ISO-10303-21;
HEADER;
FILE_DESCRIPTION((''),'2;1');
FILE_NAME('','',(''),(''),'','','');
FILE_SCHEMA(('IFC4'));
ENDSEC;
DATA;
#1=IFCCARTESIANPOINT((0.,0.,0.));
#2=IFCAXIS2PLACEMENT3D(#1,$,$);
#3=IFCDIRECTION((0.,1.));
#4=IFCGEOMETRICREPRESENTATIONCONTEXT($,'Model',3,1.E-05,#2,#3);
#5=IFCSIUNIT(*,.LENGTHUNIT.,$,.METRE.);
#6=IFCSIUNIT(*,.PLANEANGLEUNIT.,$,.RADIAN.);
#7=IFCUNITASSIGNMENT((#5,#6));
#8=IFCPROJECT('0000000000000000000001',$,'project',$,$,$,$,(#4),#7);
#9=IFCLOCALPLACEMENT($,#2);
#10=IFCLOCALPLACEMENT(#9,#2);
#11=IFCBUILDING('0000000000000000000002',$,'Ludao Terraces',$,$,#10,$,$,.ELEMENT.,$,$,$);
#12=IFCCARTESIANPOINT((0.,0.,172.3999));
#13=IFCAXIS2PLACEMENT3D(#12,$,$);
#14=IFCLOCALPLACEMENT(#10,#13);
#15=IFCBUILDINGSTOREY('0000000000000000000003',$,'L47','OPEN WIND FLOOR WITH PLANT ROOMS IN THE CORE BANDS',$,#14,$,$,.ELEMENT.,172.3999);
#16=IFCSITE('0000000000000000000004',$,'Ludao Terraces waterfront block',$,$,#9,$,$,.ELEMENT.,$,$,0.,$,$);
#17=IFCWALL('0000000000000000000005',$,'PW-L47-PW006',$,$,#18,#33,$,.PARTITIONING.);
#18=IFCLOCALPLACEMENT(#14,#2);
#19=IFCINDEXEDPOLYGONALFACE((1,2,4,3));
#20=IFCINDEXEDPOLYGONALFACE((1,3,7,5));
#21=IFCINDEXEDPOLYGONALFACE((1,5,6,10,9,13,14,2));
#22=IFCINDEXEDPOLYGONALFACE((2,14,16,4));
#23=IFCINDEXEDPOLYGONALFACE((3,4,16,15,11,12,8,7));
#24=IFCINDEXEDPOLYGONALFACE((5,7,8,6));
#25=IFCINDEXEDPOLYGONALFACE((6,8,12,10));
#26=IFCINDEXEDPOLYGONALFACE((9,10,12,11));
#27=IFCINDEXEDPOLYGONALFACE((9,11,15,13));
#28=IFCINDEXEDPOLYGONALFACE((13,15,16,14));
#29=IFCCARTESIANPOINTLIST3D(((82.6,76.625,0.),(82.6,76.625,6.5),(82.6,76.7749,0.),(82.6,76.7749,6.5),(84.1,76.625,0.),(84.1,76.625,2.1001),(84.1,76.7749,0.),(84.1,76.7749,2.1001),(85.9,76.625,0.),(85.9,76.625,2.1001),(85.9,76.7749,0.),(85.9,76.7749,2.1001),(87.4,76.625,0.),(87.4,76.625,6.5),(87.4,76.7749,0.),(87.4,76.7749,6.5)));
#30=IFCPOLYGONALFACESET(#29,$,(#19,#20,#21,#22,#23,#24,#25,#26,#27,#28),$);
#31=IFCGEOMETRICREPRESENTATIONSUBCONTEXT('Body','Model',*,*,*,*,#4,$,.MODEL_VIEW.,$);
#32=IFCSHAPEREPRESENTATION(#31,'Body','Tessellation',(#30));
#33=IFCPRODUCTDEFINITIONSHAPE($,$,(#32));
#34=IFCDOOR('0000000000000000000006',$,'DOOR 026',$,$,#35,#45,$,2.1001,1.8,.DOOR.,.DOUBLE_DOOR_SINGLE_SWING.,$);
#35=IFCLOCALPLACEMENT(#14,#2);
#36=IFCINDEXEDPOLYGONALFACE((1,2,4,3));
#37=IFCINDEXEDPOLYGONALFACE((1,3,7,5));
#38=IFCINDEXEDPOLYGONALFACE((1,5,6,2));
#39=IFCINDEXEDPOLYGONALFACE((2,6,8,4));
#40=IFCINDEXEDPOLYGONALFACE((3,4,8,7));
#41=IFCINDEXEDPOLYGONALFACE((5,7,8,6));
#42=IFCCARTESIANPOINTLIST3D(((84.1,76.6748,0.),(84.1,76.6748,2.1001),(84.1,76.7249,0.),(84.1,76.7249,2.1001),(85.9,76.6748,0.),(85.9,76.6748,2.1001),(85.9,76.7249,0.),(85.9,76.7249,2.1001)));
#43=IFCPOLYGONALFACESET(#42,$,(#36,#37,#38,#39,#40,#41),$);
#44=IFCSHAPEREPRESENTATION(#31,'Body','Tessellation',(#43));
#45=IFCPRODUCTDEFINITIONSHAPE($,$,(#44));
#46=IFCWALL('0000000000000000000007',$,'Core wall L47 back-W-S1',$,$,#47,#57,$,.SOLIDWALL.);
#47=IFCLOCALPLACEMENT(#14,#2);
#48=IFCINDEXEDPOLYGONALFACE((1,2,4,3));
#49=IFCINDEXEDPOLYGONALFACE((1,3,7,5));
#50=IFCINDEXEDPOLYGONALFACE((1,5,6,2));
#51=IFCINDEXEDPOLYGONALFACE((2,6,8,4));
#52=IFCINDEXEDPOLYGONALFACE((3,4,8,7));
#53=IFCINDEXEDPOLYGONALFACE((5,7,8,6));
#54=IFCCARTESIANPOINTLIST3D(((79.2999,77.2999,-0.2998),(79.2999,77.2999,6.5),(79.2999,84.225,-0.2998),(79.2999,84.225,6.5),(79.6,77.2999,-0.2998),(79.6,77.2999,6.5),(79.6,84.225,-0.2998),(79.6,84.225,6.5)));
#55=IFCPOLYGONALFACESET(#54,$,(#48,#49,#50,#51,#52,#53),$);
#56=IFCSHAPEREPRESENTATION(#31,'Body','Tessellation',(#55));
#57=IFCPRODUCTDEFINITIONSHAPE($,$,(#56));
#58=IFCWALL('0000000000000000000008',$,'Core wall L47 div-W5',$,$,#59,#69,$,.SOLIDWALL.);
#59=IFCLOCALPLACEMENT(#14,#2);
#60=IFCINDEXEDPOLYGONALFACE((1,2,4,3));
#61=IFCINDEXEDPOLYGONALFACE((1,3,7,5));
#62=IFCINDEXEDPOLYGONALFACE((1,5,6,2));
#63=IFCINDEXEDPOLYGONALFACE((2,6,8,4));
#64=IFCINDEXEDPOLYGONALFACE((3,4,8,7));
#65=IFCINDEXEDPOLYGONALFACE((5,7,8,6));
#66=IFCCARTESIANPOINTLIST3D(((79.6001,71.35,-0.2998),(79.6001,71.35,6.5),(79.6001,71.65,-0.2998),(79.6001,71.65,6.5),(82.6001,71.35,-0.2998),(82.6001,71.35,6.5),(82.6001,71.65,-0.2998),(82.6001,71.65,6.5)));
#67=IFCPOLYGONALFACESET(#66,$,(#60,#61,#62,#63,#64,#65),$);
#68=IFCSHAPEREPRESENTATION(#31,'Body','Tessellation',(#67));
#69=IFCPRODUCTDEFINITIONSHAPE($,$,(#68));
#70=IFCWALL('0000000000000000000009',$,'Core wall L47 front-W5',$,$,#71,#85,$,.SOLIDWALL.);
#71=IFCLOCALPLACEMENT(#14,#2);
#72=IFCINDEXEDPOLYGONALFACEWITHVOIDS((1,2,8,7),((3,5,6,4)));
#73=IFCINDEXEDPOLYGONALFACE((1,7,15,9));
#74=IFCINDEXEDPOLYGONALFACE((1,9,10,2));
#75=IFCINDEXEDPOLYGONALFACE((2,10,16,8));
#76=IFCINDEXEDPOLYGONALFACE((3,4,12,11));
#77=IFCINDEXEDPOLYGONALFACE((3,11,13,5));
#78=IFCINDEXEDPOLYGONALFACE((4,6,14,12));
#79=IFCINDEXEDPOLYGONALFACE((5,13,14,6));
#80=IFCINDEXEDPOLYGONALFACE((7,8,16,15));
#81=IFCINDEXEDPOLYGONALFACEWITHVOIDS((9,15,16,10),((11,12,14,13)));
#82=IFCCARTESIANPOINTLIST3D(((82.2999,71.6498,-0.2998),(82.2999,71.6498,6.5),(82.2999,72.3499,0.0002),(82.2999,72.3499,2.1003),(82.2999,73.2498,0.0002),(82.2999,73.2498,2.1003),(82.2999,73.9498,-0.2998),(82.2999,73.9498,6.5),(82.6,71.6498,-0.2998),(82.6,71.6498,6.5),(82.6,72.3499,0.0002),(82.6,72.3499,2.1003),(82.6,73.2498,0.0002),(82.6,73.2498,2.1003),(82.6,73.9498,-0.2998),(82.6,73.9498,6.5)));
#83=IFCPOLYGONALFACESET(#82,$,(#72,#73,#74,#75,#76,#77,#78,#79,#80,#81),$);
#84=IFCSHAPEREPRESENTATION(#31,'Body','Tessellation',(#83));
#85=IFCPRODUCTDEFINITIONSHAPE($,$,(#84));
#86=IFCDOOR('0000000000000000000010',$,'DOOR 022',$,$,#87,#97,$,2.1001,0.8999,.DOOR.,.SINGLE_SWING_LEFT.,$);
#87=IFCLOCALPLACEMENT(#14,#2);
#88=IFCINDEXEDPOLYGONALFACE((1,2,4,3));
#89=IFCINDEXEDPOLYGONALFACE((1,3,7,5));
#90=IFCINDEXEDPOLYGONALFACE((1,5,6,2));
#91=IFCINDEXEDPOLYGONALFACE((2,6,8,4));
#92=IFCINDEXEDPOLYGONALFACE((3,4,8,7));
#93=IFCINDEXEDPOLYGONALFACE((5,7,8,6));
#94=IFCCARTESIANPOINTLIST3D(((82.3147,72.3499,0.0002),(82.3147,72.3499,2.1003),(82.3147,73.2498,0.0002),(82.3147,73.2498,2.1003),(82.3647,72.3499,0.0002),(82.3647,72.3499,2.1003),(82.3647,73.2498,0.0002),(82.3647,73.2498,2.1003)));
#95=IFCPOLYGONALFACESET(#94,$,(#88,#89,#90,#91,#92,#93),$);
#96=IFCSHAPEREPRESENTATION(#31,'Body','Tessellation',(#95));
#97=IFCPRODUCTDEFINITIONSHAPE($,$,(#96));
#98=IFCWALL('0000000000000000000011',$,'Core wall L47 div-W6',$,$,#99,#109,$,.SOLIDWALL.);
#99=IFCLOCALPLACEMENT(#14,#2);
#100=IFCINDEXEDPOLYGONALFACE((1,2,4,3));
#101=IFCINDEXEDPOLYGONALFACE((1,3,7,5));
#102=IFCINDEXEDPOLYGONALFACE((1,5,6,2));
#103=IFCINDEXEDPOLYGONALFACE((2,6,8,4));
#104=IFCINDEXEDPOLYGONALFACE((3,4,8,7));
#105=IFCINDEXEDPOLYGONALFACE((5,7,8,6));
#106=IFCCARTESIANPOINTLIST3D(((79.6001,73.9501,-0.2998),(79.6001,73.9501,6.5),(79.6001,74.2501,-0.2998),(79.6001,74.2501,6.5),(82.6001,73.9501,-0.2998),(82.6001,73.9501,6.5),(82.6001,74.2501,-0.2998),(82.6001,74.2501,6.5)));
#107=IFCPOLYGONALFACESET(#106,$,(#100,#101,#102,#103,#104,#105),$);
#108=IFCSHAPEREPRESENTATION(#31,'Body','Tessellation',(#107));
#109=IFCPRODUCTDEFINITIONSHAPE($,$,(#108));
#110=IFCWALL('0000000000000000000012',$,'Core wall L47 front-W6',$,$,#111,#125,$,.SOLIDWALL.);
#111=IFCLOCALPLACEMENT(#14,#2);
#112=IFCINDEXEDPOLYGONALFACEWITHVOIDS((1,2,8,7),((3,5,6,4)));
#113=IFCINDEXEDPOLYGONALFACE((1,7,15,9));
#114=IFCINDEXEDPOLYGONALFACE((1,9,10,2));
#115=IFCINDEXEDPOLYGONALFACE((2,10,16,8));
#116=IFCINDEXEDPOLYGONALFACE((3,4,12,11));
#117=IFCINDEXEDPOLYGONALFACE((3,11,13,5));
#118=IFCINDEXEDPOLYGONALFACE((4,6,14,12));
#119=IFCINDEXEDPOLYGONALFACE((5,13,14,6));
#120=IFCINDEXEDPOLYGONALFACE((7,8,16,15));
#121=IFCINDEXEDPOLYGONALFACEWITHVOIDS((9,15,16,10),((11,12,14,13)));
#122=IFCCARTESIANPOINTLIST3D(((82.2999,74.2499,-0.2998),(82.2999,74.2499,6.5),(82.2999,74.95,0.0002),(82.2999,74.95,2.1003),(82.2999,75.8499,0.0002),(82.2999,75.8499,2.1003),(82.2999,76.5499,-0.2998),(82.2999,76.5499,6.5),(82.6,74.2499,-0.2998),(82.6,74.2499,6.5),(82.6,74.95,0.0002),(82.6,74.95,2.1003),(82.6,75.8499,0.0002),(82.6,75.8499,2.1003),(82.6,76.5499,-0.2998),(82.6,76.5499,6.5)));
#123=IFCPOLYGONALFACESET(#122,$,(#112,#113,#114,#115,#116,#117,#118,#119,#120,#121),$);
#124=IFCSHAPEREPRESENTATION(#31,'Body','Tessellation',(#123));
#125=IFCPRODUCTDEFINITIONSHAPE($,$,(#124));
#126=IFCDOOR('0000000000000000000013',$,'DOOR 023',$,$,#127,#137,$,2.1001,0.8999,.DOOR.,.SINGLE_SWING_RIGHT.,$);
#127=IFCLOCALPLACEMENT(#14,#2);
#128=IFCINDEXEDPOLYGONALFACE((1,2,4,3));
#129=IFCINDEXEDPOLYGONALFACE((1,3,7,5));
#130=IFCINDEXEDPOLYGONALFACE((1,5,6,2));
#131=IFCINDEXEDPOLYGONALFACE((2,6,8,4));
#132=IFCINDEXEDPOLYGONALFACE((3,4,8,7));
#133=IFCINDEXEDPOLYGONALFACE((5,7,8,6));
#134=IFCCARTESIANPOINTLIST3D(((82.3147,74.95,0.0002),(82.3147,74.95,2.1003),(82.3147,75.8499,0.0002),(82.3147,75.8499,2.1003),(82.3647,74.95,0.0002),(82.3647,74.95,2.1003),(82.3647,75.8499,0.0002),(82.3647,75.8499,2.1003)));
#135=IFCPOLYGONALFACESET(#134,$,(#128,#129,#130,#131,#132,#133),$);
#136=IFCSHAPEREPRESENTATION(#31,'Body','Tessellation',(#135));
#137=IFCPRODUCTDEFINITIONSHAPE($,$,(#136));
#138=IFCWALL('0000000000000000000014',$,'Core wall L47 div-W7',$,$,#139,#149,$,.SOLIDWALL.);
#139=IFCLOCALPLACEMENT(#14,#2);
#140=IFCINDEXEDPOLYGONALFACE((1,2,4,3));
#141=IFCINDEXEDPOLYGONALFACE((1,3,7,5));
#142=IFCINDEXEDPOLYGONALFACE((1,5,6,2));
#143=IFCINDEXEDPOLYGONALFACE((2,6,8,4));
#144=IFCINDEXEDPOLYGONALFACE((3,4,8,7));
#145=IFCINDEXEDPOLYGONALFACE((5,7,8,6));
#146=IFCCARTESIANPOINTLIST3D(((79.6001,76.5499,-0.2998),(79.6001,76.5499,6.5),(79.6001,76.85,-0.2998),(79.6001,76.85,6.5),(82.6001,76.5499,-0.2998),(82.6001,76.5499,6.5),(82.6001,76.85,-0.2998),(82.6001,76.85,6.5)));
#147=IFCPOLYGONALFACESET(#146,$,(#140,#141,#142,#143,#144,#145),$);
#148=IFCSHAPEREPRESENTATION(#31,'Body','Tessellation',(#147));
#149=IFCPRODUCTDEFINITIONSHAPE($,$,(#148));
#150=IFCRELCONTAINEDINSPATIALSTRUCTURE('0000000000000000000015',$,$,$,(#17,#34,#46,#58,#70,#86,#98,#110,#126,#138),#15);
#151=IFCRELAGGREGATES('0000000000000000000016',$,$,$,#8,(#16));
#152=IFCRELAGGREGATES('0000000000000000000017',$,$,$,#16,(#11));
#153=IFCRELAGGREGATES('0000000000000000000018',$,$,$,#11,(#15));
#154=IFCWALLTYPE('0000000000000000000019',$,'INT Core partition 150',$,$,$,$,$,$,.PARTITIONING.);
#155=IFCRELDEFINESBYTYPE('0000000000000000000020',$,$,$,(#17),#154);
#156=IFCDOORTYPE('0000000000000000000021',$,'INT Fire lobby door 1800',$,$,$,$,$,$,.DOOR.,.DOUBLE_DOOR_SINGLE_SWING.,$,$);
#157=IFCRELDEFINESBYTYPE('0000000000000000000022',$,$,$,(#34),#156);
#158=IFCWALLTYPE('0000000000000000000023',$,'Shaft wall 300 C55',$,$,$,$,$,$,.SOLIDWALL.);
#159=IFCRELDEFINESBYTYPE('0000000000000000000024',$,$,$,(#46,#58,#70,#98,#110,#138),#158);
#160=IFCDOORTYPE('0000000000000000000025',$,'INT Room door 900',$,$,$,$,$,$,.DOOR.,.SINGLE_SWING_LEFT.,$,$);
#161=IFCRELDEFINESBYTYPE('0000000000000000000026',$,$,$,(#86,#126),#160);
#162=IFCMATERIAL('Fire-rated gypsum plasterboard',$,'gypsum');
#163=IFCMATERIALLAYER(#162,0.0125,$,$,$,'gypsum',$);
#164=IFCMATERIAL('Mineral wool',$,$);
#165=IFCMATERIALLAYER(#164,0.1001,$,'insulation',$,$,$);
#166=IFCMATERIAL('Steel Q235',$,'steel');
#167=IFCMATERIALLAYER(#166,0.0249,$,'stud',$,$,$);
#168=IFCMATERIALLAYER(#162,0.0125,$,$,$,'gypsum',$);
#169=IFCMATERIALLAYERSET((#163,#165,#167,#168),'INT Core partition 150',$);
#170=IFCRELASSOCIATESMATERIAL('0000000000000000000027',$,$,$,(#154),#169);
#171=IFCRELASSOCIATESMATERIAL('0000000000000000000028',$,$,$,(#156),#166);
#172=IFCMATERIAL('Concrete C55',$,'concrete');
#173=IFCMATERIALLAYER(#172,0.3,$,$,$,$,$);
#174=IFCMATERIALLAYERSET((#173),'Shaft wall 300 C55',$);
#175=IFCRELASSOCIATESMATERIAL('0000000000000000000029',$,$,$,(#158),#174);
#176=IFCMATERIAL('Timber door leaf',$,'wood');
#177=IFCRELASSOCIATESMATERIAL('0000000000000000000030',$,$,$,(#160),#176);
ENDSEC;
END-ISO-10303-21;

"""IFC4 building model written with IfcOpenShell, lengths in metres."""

from ifc_helpers import new_model, si_unit, direction, frame, frame_2d, origin, place, context, subcontext, project, spatial, rectangle, extrude, material, layer, layer_set, type_object, element, fill, save


model = new_model("IFC4")

# Units and contexts
model_context = context("Model", 3, precision=1e-05, world=origin(), true_north=direction((0.0, 1.0)))
body_context = subcontext(model_context, "Body", "Model", "MODEL_VIEW")
ifc_project = project(units=[si_unit("LENGTHUNIT", "METRE"), si_unit("PLANEANGLEUNIT", "RADIAN")], contexts=[model_context])

# Site, building, storey
site_placement = place(None, origin())
site = spatial("IfcSite", under=ifc_project, at=site_placement, Name="Ludao Terraces waterfront block", CompositionType="ELEMENT", RefElevation=0.0)
building_placement = place(site_placement, origin())
building = spatial("IfcBuilding", under=site, at=building_placement, Name="Ludao Terraces", CompositionType="ELEMENT")
storey_placement = place(building_placement, frame((0.0, 0.0, 172.3999)))
storey = spatial("IfcBuildingStorey", under=building, at=storey_placement, Name="L47", Description="OPEN WIND FLOOR WITH PLANT ROOMS IN THE CORE BANDS", CompositionType="ELEMENT", Elevation=172.3999)

# Wall, opening, door
ifc_material_1 = material(Name="Fire-rated gypsum plasterboard", Category="gypsum")
ifc_layer_1 = layer(ifc_material_1, 0.0125, Category="gypsum")
ifc_material_2 = material(Name="Mineral wool")
ifc_layer_2 = layer(ifc_material_2, 0.1001, Name="insulation")
ifc_material_3 = material(Name="Steel Q235", Category="steel")
ifc_layer_3 = layer(ifc_material_3, 0.0249, Name="stud")
ifc_layer_4 = layer(ifc_material_1, 0.0125, Category="gypsum")
ifc_layer_set_1 = layer_set([ifc_layer_1, ifc_layer_2, ifc_layer_3, ifc_layer_4], Name="INT Core partition 150")
wall_type_1 = type_object("IfcWallType", Name="INT Core partition 150", PredefinedType="PARTITIONING", material=ifc_layer_set_1)
wall_1_placement = place(storey_placement, frame((82.6001, 76.7, 0.0), z_axis=(0.0, 0.0, 1.0), x_axis=(1.0, 0.0, 0.0)))
wall_1 = element("IfcWall", 1, at=wall_1_placement, inside=storey, type_object=wall_type_1, Name="PW-L47-PW006", PredefinedType="PARTITIONING", context=body_context, shape_type="SweptSolid", body=[
    extrude(rectangle(XDim=4.8, YDim=0.1499, at=frame_2d((2.3999, 0.0))), origin(), (0.0, 0.0, 1.0), 6.5),
])
opening_1_placement = place(wall_1_placement, frame((1.5, 0.0, 0.0)))
opening_1 = element("IfcOpeningElement", 2, at=opening_1_placement, cuts=wall_1, PredefinedType="OPENING", context=body_context, shape_type="SweptSolid", body=[
    extrude(rectangle(XDim=1.8, YDim=2.1001, at=frame_2d((0.8999, 1.05))), frame((0.0, 0.085, 0.0), z_axis=(0.0, -1.0, 0.0), x_axis=(1.0, 0.0, 0.0)), (0.0, 0.0, 1.0), 0.1699),
])
door_type_1 = type_object("IfcDoorType", Name="INT Fire lobby door 1800", OperationType="DOUBLE_DOOR_SINGLE_SWING", PredefinedType="DOOR", material=ifc_material_3)
door_1_placement = place(opening_1_placement, origin())
door_1 = element("IfcDoor", 3, at=door_1_placement, inside=storey, type_object=door_type_1, Name="DOOR 026", OperationType="DOUBLE_DOOR_SINGLE_SWING", OverallHeight=2.1001, OverallWidth=1.8, PredefinedType="DOOR", context=body_context, shape_type="SweptSolid", body=[
    extrude(rectangle(XDim=1.8, YDim=2.1001, at=frame_2d((0.8999, 1.05))), frame((0.0, 0.0249, 0.0), z_axis=(0.0, -1.0, 0.0), x_axis=(1.0, 0.0, 0.0)), (0.0, 0.0, 1.0), 0.05),
])
fill(opening_1, door_1)

# Walls
ifc_material_4 = material(Name="Concrete C55", Category="concrete")
ifc_layer_5 = layer(ifc_material_4, 0.3)
ifc_layer_set_2 = layer_set([ifc_layer_5], Name="Shaft wall 300 C55")
wall_type_2 = type_object("IfcWallType", Name="Shaft wall 300 C55", PredefinedType="SOLIDWALL", material=ifc_layer_set_2)
wall_2_placement = place(storey_placement, frame((79.45, 77.3, -0.2998), z_axis=(0.0, 0.0, 1.0), x_axis=(0.0, 1.0, 0.0)))
element("IfcWall", 4, at=wall_2_placement, inside=storey, type_object=wall_type_2, Name="Core wall L47 back-W-S1", PredefinedType="SOLIDWALL", context=body_context, shape_type="SweptSolid", body=[
    extrude(rectangle(XDim=6.925, YDim=0.3, at=frame_2d((3.4624, 0.0))), origin(), (0.0, 0.0, 1.0), 6.7998),
])
wall_3_placement = place(storey_placement, frame((79.6001, 71.5, -0.2998), z_axis=(0.0, 0.0, 1.0), x_axis=(1.0, 0.0, 0.0)))
element("IfcWall", 5, at=wall_3_placement, inside=storey, type_object=wall_type_2, Name="Core wall L47 div-W5", PredefinedType="SOLIDWALL", context=body_context, shape_type="SweptSolid", body=[
    extrude(rectangle(XDim=3.0, YDim=0.3, at=frame_2d((1.5, 0.0))), origin(), (0.0, 0.0, 1.0), 6.7998),
])

# Wall, opening, door
wall_4_placement = place(storey_placement, frame((82.45, 71.6499, -0.2998), z_axis=(0.0, 0.0, 1.0), x_axis=(0.0, 1.0, 0.0)))
wall_4 = element("IfcWall", 6, at=wall_4_placement, inside=storey, type_object=wall_type_2, Name="Core wall L47 front-W5", PredefinedType="SOLIDWALL", context=body_context, shape_type="SweptSolid", body=[
    extrude(rectangle(XDim=2.3, YDim=0.3, at=frame_2d((1.1499, 0.0))), origin(), (0.0, 0.0, 1.0), 6.7998),
])
opening_2_placement = place(wall_4_placement, frame((0.7, 0.0, 0.3)))
opening_2 = element("IfcOpeningElement", 7, at=opening_2_placement, cuts=wall_4, PredefinedType="OPENING", context=body_context, shape_type="SweptSolid", body=[
    extrude(rectangle(XDim=0.8999, YDim=2.1001, at=frame_2d((0.45, 1.05))), frame((0.0, 0.1602, 0.0), z_axis=(0.0, -1.0, 0.0), x_axis=(1.0, 0.0, 0.0)), (0.0, 0.0, 1.0), 0.3201),
])
ifc_material_5 = material(Name="Timber door leaf", Category="wood")
door_type_2 = type_object("IfcDoorType", Name="INT Room door 900", OperationType="SINGLE_SWING_LEFT", PredefinedType="DOOR", material=ifc_material_5)
door_2_placement = place(opening_2_placement, origin())
door_2 = element("IfcDoor", 8, at=door_2_placement, inside=storey, type_object=door_type_2, Name="DOOR 022", OperationType="SINGLE_SWING_LEFT", OverallHeight=2.1001, OverallWidth=0.8999, PredefinedType="DOOR", context=body_context, shape_type="SweptSolid", body=[
    extrude(rectangle(XDim=0.8999, YDim=2.1001, at=frame_2d((0.45, 1.05))), frame((0.0, 0.1353, 0.0), z_axis=(0.0, -1.0, 0.0), x_axis=(1.0, 0.0, 0.0)), (0.0, 0.0, 1.0), 0.05),
])
fill(opening_2, door_2)

# Wall
wall_5_placement = place(storey_placement, frame((79.6001, 74.1001, -0.2998), z_axis=(0.0, 0.0, 1.0), x_axis=(1.0, 0.0, 0.0)))
element("IfcWall", 9, at=wall_5_placement, inside=storey, type_object=wall_type_2, Name="Core wall L47 div-W6", PredefinedType="SOLIDWALL", context=body_context, shape_type="SweptSolid", body=[
    extrude(rectangle(XDim=3.0, YDim=0.3, at=frame_2d((1.5, 0.0))), origin(), (0.0, 0.0, 1.0), 6.7998),
])

# Wall, opening, door
wall_6_placement = place(storey_placement, frame((82.45, 74.25, -0.2998), z_axis=(0.0, 0.0, 1.0), x_axis=(0.0, 1.0, 0.0)))
wall_6 = element("IfcWall", 10, at=wall_6_placement, inside=storey, type_object=wall_type_2, Name="Core wall L47 front-W6", PredefinedType="SOLIDWALL", context=body_context, shape_type="SweptSolid", body=[
    extrude(rectangle(XDim=2.3, YDim=0.3, at=frame_2d((1.1499, 0.0))), origin(), (0.0, 0.0, 1.0), 6.7998),
])
opening_3_placement = place(wall_6_placement, frame((0.7, 0.0, 0.3)))
opening_3 = element("IfcOpeningElement", 11, at=opening_3_placement, cuts=wall_6, PredefinedType="OPENING", context=body_context, shape_type="SweptSolid", body=[
    extrude(rectangle(XDim=0.8999, YDim=2.1001, at=frame_2d((0.45, 1.05))), frame((0.0, 0.1602, 0.0), z_axis=(0.0, -1.0, 0.0), x_axis=(1.0, 0.0, 0.0)), (0.0, 0.0, 1.0), 0.3201),
])
door_3_placement = place(opening_3_placement, origin())
door_3 = element("IfcDoor", 12, at=door_3_placement, inside=storey, type_object=door_type_2, Name="DOOR 023", OperationType="SINGLE_SWING_RIGHT", OverallHeight=2.1001, OverallWidth=0.8999, PredefinedType="DOOR", context=body_context, shape_type="SweptSolid", body=[
    extrude(rectangle(XDim=0.8999, YDim=2.1001, at=frame_2d((0.45, 1.05))), frame((0.0, 0.1353, 0.0), z_axis=(0.0, -1.0, 0.0), x_axis=(1.0, 0.0, 0.0)), (0.0, 0.0, 1.0), 0.05),
])
fill(opening_3, door_3)

# Wall
wall_7_placement = place(storey_placement, frame((79.6001, 76.7, -0.2998), z_axis=(0.0, 0.0, 1.0), x_axis=(1.0, 0.0, 0.0)))
element("IfcWall", 13, at=wall_7_placement, inside=storey, type_object=wall_type_2, Name="Core wall L47 div-W7", PredefinedType="SOLIDWALL", context=body_context, shape_type="SweptSolid", body=[
    extrude(rectangle(XDim=3.0, YDim=0.3, at=frame_2d((1.5, 0.0))), origin(), (0.0, 0.0, 1.0), 6.7998),
])

save(model, "model.ifc")
